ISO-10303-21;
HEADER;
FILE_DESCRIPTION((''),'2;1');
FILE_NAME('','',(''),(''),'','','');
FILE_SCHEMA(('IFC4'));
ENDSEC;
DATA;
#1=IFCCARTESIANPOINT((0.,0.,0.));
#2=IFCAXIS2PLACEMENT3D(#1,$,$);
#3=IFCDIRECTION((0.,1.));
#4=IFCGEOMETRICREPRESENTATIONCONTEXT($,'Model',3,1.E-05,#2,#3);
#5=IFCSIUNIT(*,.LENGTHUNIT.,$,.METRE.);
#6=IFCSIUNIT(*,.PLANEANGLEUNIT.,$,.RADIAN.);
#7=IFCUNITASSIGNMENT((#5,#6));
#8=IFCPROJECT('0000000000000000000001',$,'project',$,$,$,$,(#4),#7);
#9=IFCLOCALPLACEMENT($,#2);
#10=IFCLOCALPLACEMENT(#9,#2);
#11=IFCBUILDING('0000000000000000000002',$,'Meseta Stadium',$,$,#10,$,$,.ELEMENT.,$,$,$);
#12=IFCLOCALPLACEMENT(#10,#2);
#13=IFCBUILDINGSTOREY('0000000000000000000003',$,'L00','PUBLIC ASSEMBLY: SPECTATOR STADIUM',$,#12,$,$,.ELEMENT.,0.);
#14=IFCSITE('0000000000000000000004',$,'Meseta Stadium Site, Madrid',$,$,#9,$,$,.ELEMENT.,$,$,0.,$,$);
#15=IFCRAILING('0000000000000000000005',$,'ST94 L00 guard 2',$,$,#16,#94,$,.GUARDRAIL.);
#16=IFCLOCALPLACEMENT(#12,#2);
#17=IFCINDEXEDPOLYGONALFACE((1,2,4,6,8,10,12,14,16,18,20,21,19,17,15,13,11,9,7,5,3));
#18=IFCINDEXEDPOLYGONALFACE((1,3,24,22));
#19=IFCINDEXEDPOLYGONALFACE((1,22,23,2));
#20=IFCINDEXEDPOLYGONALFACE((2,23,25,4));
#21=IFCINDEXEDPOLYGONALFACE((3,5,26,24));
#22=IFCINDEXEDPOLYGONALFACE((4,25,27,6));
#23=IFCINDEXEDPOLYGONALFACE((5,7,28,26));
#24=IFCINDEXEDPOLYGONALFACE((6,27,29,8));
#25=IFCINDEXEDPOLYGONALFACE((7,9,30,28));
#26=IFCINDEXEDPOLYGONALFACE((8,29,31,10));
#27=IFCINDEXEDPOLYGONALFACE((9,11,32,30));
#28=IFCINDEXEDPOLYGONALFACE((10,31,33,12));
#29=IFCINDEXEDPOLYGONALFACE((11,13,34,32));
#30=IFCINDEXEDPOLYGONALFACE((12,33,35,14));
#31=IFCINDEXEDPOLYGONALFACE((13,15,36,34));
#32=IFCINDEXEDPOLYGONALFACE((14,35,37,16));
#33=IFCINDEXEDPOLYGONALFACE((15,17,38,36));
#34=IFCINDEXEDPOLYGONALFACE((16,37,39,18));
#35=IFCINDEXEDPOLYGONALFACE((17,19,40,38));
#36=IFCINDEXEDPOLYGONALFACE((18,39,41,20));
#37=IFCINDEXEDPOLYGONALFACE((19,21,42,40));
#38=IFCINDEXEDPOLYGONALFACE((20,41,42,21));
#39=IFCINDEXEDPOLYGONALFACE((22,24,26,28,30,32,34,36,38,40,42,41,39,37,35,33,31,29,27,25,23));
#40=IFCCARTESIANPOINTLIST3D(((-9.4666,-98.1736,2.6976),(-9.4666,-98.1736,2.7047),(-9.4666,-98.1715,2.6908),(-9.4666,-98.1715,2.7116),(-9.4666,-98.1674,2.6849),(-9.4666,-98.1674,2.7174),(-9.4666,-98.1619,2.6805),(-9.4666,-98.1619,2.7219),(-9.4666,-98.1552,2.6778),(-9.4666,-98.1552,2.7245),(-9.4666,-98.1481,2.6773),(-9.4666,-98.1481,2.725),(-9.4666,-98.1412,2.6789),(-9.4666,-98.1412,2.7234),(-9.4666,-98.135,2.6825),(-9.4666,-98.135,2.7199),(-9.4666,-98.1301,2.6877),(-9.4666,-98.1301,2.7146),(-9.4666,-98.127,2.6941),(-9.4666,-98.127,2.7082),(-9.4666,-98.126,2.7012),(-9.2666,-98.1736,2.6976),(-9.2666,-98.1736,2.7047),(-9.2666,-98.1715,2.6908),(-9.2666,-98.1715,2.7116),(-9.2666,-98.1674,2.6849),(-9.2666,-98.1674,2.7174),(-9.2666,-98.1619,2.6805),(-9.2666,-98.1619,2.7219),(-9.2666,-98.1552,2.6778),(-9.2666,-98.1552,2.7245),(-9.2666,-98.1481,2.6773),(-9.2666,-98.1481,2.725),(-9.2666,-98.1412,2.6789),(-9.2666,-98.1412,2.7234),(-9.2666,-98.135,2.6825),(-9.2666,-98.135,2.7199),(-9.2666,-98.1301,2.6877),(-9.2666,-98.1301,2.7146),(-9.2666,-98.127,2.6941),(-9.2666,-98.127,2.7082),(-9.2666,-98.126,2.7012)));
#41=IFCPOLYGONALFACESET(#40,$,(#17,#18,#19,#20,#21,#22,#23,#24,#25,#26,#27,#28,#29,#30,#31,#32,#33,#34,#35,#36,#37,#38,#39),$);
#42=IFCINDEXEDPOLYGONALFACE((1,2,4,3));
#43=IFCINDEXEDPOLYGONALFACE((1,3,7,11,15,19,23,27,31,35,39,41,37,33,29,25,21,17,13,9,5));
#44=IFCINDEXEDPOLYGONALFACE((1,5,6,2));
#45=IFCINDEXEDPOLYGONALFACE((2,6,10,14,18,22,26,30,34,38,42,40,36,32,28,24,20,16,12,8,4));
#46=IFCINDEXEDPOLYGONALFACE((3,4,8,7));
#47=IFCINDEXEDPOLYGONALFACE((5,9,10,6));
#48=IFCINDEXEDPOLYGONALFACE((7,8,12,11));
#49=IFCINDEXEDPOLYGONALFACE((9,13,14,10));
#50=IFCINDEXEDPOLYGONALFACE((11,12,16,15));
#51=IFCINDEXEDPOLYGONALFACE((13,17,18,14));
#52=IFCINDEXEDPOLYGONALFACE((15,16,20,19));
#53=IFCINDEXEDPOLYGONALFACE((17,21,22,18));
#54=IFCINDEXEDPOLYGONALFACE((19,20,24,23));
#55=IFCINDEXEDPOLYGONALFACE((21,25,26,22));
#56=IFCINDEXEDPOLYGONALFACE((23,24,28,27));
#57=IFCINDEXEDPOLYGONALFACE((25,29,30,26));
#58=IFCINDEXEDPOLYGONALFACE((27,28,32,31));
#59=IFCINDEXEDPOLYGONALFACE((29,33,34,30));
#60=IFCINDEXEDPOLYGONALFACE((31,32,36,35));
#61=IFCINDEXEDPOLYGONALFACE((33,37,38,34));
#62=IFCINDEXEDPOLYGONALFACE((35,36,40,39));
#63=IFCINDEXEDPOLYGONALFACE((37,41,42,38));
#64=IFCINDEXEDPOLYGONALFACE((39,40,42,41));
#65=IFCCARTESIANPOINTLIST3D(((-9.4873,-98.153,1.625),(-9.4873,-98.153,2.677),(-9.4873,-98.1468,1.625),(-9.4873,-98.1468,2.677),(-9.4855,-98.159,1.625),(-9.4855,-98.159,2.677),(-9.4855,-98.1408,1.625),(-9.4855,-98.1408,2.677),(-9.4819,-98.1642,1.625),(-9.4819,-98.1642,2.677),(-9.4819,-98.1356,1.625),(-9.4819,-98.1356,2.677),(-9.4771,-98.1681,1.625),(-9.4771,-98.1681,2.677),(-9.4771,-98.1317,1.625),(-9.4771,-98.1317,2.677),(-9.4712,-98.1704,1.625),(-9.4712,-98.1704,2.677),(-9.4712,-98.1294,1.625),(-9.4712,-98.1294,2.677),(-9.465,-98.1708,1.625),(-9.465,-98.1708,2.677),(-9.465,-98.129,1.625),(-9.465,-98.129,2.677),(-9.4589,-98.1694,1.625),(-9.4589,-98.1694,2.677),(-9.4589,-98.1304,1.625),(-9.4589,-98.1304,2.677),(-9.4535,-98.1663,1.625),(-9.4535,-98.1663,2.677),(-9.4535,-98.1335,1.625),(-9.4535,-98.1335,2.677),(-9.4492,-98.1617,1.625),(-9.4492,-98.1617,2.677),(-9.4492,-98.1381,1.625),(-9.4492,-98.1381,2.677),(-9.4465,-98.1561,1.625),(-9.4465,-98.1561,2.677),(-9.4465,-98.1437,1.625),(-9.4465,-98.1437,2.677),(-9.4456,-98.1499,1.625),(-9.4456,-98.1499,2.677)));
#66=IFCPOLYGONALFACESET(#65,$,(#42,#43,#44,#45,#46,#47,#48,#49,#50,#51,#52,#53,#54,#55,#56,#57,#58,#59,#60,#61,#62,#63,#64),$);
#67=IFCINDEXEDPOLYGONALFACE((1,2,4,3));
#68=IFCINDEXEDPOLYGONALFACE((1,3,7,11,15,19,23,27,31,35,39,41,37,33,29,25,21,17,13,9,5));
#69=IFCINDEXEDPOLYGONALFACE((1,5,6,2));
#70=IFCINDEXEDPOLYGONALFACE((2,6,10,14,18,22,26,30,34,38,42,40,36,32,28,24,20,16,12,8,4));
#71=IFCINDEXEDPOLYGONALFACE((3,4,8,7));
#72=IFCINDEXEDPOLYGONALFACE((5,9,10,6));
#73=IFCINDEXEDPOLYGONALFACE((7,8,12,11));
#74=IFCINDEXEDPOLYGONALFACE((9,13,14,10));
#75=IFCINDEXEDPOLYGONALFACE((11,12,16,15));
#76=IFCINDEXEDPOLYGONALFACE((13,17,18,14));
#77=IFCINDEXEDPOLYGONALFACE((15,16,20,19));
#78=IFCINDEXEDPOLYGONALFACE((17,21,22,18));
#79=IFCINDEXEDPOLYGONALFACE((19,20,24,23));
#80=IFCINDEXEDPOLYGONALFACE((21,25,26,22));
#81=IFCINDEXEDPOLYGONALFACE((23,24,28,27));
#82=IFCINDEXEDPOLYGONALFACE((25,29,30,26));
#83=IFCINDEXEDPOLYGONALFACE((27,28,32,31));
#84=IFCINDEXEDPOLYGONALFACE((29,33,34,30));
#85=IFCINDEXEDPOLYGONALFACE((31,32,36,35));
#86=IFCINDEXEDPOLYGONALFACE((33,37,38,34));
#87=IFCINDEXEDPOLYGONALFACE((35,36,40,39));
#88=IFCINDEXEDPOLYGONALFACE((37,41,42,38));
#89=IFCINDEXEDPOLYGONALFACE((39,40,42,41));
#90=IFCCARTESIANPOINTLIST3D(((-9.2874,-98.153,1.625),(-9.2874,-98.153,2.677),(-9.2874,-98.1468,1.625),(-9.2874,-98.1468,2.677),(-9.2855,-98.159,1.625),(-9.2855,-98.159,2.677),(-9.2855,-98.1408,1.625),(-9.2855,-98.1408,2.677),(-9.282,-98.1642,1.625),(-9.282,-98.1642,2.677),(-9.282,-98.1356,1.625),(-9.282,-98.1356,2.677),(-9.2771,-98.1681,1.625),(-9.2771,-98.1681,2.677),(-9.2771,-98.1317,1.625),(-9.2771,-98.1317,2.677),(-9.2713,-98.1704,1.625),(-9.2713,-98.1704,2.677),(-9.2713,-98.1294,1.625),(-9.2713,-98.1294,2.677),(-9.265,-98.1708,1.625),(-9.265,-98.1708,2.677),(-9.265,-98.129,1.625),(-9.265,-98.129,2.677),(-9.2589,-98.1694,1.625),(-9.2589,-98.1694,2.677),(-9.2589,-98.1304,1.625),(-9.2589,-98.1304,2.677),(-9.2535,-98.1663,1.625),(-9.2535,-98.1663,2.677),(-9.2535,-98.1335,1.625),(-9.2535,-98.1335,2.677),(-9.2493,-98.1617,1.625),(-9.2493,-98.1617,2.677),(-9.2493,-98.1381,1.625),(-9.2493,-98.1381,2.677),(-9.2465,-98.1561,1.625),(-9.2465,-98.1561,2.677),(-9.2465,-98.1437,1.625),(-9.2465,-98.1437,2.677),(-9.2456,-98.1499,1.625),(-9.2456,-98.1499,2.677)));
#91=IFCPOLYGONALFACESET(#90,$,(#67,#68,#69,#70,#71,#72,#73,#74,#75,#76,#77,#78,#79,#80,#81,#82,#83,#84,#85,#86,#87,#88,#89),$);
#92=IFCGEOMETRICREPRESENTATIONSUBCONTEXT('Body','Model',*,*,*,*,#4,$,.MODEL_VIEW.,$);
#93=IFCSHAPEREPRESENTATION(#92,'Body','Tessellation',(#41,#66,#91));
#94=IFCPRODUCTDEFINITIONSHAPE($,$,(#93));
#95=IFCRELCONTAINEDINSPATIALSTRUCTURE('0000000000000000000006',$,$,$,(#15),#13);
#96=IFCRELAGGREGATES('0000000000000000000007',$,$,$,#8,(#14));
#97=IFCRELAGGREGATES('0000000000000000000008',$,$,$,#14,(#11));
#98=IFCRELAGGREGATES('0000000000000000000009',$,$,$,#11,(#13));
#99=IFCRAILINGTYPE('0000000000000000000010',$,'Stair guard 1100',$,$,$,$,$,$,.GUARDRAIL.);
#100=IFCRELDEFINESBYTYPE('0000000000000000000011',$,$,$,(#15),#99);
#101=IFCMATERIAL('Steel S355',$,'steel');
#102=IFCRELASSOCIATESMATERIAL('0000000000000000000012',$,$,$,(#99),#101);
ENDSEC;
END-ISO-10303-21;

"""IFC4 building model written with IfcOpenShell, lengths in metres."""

from ifc_helpers import new_model, si_unit, direction, frame, origin, origin_2d, place, context, subcontext, project, spatial, circle, extrude, material, type_object, element, save


model = new_model("IFC4")

# Units and contexts
model_context = context("Model", 3, precision=1e-05, world=origin(), true_north=direction((0.0, 1.0)))
body_context = subcontext(model_context, "Body", "Model", "MODEL_VIEW")
ifc_project = project(units=[si_unit("LENGTHUNIT", "METRE"), si_unit("PLANEANGLEUNIT", "RADIAN")], contexts=[model_context])

# Site, building, storey
site_placement = place(None, origin())
site = spatial("IfcSite", under=ifc_project, at=site_placement, Name="Meseta Stadium Site, Madrid", CompositionType="ELEMENT", RefElevation=0.0)
building_placement = place(site_placement, origin())
building = spatial("IfcBuilding", under=site, at=building_placement, Name="Meseta Stadium", CompositionType="ELEMENT")
storey_placement = place(building_placement, origin())
storey = spatial("IfcBuildingStorey", under=building, at=storey_placement, Name="L00", Description="PUBLIC ASSEMBLY: SPECTATOR STADIUM", CompositionType="ELEMENT", Elevation=0.0)

# Railing
ifc_material_1 = material(Name="Steel S355", Category="steel")
railing_type_1 = type_object("IfcRailingType", Name="Stair guard 1100", PredefinedType="GUARDRAIL", material=ifc_material_1)
railing_1_placement = place(storey_placement, frame((-9.4666, -98.1499, 1.625)))
element("IfcRailing", 1, at=railing_1_placement, inside=storey, type_object=railing_type_1, Name="ST94 L00 guard 2", PredefinedType="GUARDRAIL", context=body_context, shape_type="SweptSolid", body=[
    extrude(circle(Radius=0.0239, at=origin_2d()), frame((0.0, 0.0, 1.0762), z_axis=(1.0, 0.0, 0.0), x_axis=(0.0, 1.0, 0.0)), (0.0, 0.0, 1.0), 0.2),
    extrude(circle(Radius=0.021, at=origin_2d()), origin(), (0.0, 0.0, 1.0), 1.052),
    extrude(circle(Radius=0.021, at=origin_2d()), frame((0.2, 0.0, 0.0)), (0.0, 0.0, 1.0), 1.052),
])

save(model, "model.ifc")
